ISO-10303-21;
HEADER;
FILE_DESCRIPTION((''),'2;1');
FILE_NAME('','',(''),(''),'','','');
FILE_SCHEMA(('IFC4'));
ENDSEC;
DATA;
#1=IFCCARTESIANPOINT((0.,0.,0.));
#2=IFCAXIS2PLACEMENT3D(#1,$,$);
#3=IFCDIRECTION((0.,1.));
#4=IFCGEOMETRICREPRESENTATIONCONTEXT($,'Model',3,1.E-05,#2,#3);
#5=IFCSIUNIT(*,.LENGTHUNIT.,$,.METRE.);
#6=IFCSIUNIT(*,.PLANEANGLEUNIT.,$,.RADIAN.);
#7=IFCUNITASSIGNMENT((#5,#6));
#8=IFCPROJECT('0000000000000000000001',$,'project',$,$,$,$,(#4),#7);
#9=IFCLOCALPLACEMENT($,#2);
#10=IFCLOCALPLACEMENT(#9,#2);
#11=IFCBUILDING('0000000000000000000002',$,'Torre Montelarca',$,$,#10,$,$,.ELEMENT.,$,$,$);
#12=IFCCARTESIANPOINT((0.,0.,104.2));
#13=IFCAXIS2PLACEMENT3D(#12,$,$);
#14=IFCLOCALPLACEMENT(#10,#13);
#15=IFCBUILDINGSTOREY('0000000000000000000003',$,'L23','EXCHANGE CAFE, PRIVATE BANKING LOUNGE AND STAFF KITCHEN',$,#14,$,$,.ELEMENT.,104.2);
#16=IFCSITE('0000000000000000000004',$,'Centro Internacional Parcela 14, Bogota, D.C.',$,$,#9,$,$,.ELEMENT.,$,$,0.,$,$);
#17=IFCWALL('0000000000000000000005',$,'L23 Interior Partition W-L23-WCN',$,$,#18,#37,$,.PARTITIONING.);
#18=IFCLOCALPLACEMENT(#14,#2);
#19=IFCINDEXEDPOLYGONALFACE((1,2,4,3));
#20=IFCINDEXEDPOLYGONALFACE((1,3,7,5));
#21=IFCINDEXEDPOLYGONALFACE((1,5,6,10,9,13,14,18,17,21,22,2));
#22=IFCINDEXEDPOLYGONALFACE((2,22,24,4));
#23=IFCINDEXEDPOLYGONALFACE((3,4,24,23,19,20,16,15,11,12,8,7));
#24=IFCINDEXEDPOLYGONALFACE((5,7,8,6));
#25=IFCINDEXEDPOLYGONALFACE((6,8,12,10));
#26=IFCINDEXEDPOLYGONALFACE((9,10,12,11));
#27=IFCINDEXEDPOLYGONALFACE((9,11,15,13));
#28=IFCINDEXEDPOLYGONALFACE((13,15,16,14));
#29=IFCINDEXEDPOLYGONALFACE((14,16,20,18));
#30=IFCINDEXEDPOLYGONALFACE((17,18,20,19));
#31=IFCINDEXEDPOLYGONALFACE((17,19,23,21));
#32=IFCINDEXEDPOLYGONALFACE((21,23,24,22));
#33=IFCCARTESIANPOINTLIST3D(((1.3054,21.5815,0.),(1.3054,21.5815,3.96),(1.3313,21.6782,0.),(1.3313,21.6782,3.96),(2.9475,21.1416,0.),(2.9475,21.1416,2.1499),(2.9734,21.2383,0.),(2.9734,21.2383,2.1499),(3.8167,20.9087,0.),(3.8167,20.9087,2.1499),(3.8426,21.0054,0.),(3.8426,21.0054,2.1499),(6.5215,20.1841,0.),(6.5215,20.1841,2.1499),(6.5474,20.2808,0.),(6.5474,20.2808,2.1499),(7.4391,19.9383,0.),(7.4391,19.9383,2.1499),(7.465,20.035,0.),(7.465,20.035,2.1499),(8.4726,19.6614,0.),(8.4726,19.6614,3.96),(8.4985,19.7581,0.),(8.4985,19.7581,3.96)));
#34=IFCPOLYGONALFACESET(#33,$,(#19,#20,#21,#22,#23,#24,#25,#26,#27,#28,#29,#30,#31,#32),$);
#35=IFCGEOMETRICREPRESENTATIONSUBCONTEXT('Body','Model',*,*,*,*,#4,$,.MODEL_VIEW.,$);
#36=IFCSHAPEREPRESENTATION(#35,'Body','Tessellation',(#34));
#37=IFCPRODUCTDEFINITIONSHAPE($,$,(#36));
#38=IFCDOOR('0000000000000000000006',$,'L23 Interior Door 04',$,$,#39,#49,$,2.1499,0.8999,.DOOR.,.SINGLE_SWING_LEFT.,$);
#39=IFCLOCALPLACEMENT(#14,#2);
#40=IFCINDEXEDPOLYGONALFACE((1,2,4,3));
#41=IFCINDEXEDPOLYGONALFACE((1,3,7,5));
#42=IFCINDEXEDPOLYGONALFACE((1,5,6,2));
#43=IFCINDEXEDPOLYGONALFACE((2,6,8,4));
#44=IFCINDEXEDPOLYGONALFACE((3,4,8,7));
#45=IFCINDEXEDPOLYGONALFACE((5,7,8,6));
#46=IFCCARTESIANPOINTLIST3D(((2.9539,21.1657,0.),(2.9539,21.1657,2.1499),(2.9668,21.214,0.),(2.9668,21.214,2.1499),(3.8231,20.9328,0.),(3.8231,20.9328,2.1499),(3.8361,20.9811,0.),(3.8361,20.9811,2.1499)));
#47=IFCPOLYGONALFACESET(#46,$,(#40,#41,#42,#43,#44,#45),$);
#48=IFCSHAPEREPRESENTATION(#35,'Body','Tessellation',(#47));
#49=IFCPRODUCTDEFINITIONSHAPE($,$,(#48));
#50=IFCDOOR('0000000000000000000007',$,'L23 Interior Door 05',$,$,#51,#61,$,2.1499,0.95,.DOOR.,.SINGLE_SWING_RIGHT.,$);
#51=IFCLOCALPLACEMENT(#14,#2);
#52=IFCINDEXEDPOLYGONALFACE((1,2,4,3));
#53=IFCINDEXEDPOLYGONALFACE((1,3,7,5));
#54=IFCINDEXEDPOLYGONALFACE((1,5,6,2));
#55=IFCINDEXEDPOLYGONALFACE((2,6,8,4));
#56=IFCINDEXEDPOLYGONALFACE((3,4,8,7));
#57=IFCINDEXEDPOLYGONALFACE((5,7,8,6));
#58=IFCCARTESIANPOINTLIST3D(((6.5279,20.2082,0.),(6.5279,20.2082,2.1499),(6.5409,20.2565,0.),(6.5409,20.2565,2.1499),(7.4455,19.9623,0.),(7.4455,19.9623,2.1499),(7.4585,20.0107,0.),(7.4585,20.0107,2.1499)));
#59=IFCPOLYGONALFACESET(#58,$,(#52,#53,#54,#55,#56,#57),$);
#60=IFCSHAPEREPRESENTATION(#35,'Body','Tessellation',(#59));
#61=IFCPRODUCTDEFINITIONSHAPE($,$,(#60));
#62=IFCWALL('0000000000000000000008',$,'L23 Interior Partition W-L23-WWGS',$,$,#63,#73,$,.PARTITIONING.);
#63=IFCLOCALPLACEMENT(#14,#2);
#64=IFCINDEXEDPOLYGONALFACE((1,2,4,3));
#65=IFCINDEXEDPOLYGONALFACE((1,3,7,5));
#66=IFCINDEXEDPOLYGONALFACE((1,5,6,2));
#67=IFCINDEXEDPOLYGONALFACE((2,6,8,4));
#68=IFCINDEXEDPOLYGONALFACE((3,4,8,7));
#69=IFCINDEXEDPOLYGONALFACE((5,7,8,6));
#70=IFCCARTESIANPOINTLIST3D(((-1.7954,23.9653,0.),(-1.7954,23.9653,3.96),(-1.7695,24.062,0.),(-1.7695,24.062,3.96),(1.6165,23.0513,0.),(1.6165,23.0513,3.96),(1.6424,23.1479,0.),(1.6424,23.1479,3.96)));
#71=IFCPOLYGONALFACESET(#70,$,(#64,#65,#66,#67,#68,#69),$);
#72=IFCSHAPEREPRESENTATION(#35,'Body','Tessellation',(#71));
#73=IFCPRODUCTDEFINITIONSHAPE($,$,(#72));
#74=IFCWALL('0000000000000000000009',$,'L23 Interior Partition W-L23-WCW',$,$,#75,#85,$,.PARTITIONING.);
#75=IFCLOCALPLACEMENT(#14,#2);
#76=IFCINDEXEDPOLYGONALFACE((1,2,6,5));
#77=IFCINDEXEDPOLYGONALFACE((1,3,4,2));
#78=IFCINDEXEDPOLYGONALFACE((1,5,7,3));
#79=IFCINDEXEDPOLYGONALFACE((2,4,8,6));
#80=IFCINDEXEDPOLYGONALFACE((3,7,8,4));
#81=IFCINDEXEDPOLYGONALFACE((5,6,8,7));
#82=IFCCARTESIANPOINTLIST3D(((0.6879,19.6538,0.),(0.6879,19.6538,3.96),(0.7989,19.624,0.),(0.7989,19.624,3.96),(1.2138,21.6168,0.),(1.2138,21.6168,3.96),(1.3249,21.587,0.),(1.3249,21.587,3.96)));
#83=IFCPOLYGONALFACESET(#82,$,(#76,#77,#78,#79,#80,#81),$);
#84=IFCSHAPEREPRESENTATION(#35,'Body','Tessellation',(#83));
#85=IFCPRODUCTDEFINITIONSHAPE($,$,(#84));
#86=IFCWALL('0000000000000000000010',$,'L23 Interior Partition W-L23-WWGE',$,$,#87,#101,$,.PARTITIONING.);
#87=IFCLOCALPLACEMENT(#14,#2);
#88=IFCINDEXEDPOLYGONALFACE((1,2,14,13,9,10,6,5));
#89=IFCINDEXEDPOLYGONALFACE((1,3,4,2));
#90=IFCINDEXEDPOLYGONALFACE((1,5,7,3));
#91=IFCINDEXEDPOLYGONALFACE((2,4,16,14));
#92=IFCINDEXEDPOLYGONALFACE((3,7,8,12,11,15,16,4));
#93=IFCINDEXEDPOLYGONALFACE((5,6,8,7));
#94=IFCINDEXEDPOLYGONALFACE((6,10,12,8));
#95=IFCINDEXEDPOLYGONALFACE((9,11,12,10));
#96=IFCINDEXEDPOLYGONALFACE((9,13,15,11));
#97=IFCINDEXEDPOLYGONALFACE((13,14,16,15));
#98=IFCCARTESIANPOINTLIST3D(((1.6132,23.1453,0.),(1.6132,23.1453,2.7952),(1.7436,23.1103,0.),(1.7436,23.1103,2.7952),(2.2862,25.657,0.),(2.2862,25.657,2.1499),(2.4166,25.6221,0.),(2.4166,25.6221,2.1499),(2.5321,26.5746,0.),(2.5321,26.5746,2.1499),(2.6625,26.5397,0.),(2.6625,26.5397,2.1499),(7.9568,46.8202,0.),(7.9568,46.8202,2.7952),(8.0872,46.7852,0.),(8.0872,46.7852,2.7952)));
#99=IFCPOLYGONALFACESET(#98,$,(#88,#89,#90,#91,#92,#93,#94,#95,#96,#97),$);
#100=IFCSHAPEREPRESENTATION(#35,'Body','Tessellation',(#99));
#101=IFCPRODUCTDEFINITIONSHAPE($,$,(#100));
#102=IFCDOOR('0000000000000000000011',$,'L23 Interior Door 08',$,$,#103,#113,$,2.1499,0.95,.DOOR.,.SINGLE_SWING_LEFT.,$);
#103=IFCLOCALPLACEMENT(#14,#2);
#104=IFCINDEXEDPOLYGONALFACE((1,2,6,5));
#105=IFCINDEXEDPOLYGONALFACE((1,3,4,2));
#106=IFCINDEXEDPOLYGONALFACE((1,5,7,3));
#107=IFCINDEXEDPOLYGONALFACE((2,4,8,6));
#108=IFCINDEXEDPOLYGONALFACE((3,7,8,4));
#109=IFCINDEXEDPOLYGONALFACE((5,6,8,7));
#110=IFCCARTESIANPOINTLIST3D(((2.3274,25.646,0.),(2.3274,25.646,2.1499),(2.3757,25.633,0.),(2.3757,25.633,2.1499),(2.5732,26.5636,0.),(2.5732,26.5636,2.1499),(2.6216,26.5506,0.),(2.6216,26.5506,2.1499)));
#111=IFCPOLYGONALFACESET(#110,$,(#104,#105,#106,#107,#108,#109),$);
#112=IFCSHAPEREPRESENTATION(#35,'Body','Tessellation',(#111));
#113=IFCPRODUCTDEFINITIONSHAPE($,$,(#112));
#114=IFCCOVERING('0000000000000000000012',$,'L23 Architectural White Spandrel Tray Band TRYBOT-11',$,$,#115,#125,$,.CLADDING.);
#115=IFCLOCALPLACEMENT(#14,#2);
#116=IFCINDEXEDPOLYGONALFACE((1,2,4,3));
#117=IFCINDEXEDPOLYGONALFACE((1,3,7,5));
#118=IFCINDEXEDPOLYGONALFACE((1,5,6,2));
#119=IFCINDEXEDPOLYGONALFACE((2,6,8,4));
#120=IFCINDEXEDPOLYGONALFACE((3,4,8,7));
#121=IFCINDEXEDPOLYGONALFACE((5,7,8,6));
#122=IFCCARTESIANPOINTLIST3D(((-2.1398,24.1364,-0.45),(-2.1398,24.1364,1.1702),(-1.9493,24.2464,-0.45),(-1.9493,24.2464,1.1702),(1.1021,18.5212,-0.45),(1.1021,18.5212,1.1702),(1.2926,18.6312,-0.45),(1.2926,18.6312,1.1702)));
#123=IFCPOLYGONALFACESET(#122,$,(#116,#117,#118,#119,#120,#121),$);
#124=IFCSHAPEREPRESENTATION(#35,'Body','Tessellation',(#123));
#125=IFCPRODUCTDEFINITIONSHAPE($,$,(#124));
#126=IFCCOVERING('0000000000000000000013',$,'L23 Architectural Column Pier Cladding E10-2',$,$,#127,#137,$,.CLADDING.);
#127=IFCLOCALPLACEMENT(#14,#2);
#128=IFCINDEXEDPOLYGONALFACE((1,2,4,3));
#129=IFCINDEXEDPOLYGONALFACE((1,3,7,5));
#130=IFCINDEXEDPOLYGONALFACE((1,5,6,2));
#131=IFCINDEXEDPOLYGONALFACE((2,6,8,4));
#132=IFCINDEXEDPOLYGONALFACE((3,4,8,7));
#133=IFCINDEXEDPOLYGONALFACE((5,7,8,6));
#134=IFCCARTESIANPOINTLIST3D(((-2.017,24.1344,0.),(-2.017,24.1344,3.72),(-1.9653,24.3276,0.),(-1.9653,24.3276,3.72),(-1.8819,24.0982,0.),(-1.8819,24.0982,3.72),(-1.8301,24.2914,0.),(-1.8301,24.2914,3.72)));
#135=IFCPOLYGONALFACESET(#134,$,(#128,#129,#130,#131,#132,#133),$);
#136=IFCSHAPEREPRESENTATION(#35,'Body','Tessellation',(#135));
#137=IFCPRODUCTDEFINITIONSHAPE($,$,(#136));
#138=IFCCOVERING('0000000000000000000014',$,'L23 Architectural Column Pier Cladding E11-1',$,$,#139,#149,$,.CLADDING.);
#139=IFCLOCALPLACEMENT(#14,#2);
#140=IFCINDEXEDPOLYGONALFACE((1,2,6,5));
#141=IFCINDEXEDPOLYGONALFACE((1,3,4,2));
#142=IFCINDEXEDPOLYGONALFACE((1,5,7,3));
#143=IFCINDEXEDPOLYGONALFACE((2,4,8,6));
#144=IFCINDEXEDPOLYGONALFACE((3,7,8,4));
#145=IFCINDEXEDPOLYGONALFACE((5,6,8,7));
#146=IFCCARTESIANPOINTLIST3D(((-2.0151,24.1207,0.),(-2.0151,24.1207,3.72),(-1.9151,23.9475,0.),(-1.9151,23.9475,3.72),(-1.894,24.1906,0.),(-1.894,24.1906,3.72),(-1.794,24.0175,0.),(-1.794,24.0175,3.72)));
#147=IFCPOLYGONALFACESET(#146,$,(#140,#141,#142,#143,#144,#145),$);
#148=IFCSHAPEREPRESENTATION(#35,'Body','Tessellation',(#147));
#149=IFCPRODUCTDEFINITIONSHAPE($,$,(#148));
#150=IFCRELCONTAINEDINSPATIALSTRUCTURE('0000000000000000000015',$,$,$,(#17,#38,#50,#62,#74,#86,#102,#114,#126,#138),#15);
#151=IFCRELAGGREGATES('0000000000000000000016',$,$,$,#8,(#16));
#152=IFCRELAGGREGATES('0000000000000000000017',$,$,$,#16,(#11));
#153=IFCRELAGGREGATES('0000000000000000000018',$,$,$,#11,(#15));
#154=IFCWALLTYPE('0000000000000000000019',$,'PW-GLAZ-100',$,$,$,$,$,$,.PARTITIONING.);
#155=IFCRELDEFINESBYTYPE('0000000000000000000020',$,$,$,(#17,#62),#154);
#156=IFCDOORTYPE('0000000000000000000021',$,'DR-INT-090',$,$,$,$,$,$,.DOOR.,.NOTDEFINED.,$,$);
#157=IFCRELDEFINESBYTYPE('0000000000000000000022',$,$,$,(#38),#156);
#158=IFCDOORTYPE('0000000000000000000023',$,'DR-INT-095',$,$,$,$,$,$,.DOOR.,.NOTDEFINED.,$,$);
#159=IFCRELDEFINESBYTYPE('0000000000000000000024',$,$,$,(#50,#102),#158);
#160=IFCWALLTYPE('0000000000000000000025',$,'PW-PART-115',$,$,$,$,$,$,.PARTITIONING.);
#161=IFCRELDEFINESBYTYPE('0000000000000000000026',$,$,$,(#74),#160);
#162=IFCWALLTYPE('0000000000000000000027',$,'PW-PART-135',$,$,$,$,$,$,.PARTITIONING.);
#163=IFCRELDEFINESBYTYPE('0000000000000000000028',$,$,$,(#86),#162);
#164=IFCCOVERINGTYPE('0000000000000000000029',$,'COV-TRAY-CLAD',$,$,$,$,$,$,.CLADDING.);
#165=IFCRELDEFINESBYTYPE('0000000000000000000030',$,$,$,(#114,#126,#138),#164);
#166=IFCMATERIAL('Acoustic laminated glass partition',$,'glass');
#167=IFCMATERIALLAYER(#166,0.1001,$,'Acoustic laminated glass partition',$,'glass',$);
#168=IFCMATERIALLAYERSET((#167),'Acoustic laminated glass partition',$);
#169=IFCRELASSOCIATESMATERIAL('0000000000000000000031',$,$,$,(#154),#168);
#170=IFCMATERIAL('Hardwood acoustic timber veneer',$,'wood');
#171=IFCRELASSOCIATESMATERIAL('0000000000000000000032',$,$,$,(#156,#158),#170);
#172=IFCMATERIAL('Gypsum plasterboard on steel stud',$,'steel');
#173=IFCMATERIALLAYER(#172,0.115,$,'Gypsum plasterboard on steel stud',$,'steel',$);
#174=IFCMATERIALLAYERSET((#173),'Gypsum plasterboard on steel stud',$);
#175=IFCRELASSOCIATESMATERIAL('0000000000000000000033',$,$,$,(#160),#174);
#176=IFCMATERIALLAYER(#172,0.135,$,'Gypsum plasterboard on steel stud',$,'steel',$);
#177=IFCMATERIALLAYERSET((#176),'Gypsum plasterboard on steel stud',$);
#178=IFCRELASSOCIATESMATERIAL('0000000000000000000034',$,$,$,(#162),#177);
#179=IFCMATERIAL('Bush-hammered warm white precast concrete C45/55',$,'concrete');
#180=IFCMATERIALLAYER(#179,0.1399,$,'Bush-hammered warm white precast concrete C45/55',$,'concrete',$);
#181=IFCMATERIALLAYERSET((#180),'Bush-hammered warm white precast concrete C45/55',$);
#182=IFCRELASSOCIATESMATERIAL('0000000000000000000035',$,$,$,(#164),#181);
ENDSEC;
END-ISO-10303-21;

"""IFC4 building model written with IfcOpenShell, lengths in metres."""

from ifc_helpers import new_model, si_unit, direction, frame, frame_2d, origin, origin_2d, place, context, subcontext, project, spatial, rectangle, extrude, source, transform, mapped, material, layer, layer_set, type_object, element, fill, save


model = new_model("IFC4")

# Units and contexts
model_context = context("Model", 3, precision=1e-05, world=origin(), true_north=direction((0.0, 1.0)))
body_context = subcontext(model_context, "Body", "Model", "MODEL_VIEW")
ifc_project = project(units=[si_unit("LENGTHUNIT", "METRE"), si_unit("PLANEANGLEUNIT", "RADIAN")], contexts=[model_context])

# Site, building, storey
site_placement = place(None, origin())
site = spatial("IfcSite", under=ifc_project, at=site_placement, Name="Centro Internacional Parcela 14, Bogota, D.C.", CompositionType="ELEMENT", RefElevation=0.0)
building_placement = place(site_placement, origin())
building = spatial("IfcBuilding", under=site, at=building_placement, Name="Torre Montelarca", CompositionType="ELEMENT")
storey_placement = place(building_placement, frame((0.0, 0.0, 104.2)))
storey = spatial("IfcBuildingStorey", under=building, at=storey_placement, Name="L23", Description="EXCHANGE CAFE, PRIVATE BANKING LOUNGE AND STAFF KITCHEN", CompositionType="ELEMENT", Elevation=104.2)

# Shared definitions
ifc_material_1 = material(Name="Gypsum plasterboard on steel stud", Category="steel")

# Wall, openings, doors
ifc_material_2 = material(Name="Acoustic laminated glass partition", Category="glass")
ifc_layer_1 = layer(ifc_material_2, 0.1001, Name="Acoustic laminated glass partition", Category="glass")
ifc_layer_set_1 = layer_set([ifc_layer_1], Name="Acoustic laminated glass partition")
wall_type_1 = type_object("IfcWallType", Name="PW-GLAZ-100", PredefinedType="PARTITIONING", material=ifc_layer_set_1)
wall_1_placement = place(storey_placement, frame((1.3184, 21.6299, 0.0), z_axis=(0.0, 0.0, 1.0), x_axis=(0.965936, -0.258783, 0.0)))
wall_1 = element("IfcWall", 1, at=wall_1_placement, inside=storey, type_object=wall_type_1, Name="L23 Interior Partition W-L23-WCN", PredefinedType="PARTITIONING", context=body_context, shape_type="SweptSolid", body=[
    extrude(rectangle(XDim=7.4199, YDim=0.1001, at=frame_2d((3.71, 0.0))), origin(), (0.0, 0.0, 1.0), 3.96),
])
opening_1_placement = place(wall_1_placement, frame((1.7, 0.0, 0.0)))
opening_1 = element("IfcOpeningElement", 2, at=opening_1_placement, cuts=wall_1, PredefinedType="OPENING", context=body_context, shape_type="SweptSolid", body=[
    extrude(rectangle(XDim=0.8999, YDim=2.1499, at=frame_2d((0.45, 1.075))), frame((0.0, 0.0601, 0.0), z_axis=(0.0, -1.0, 0.0), x_axis=(1.0, 0.0, 0.0)), (0.0, 0.0, 1.0), 0.1201),
])
opening_2_placement = place(wall_1_placement, frame((5.3999, 0.0, 0.0)))
opening_2 = element("IfcOpeningElement", 3, at=opening_2_placement, cuts=wall_1, PredefinedType="OPENING", context=body_context, shape_type="SweptSolid", body=[
    extrude(rectangle(XDim=0.95, YDim=2.1499, at=frame_2d((0.4751, 1.075))), frame((0.0, 0.0601, 0.0), z_axis=(0.0, -1.0, 0.0), x_axis=(1.0, 0.0, 0.0)), (0.0, 0.0, 1.0), 0.1201),
])
ifc_material_3 = material(Name="Hardwood acoustic timber veneer", Category="wood")
door_type_1 = type_object("IfcDoorType", Name="DR-INT-090", OperationType="NOTDEFINED", PredefinedType="DOOR", material=ifc_material_3)
shared_shape_1 = source(origin(), body_context, "Body", "SweptSolid", [
    extrude(rectangle(XDim=0.8999, YDim=2.1499, at=frame_2d((0.45, 1.075))), frame((0.0, 0.0249, 0.0), z_axis=(0.0, -1.0, 0.0), x_axis=(1.0, 0.0, 0.0)), (0.0, 0.0, 1.0), 0.05),
])
door_1_placement = place(opening_1_placement, origin())
door_1 = element("IfcDoor", 4, at=door_1_placement, inside=storey, type_object=door_type_1, Name="L23 Interior Door 04", OperationType="SINGLE_SWING_LEFT", OverallHeight=2.1499, OverallWidth=0.8999, PredefinedType="DOOR", context=body_context, shape_type="MappedRepresentation", body=[
    mapped(shared_shape_1, transform((0.0, 0.0, 0.0), scale=1.0)),
])
fill(opening_1, door_1)
door_type_2 = type_object("IfcDoorType", Name="DR-INT-095", OperationType="NOTDEFINED", PredefinedType="DOOR", material=ifc_material_3)
shared_shape_2 = source(origin(), body_context, "Body", "SweptSolid", [
    extrude(rectangle(XDim=0.95, YDim=2.1499, at=frame_2d((0.4751, 1.075))), frame((0.0, 0.0249, 0.0), z_axis=(0.0, -1.0, 0.0), x_axis=(1.0, 0.0, 0.0)), (0.0, 0.0, 1.0), 0.05),
])
door_2_placement = place(opening_2_placement, origin())
door_2 = element("IfcDoor", 5, at=door_2_placement, inside=storey, type_object=door_type_2, Name="L23 Interior Door 05", OperationType="SINGLE_SWING_RIGHT", OverallHeight=2.1499, OverallWidth=0.95, PredefinedType="DOOR", context=body_context, shape_type="MappedRepresentation", body=[
    mapped(shared_shape_2, transform((0.0, 0.0, 0.0), scale=1.0)),
])
fill(opening_2, door_2)

# Walls
wall_2_placement = place(storey_placement, frame((-1.7825, 24.0137, 0.0), z_axis=(0.0, 0.0, 1.0), x_axis=(0.965936, -0.258781, 0.0)))
element("IfcWall", 6, at=wall_2_placement, inside=storey, type_object=wall_type_1, Name="L23 Interior Partition W-L23-WWGS", PredefinedType="PARTITIONING", context=body_context, shape_type="SweptSolid", body=[
    extrude(rectangle(XDim=3.5322, YDim=0.1001, at=frame_2d((1.7661, 0.0))), origin(), (0.0, 0.0, 1.0), 3.96),
])
ifc_layer_2 = layer(ifc_material_1, 0.115, Name="Gypsum plasterboard on steel stud", Category="steel")
ifc_layer_set_2 = layer_set([ifc_layer_2], Name="Gypsum plasterboard on steel stud")
wall_type_2 = type_object("IfcWallType", Name="PW-PART-115", PredefinedType="PARTITIONING", material=ifc_layer_set_2)
wall_3_placement = place(storey_placement, frame((0.7434, 19.6389, 0.0), z_axis=(0.0, 0.0, 1.0), x_axis=(0.258784, 0.965935, 0.0)))
element("IfcWall", 7, at=wall_3_placement, inside=storey, type_object=wall_type_2, Name="L23 Interior Partition W-L23-WCW", PredefinedType="PARTITIONING", context=body_context, shape_type="SweptSolid", body=[
    extrude(rectangle(XDim=2.0322, YDim=0.115, at=frame_2d((1.0161, 0.0))), origin(), (0.0, 0.0, 1.0), 3.96),
])

# Wall, opening, door
ifc_layer_3 = layer(ifc_material_1, 0.135, Name="Gypsum plasterboard on steel stud", Category="steel")
ifc_layer_set_3 = layer_set([ifc_layer_3], Name="Gypsum plasterboard on steel stud")
wall_type_3 = type_object("IfcWallType", Name="PW-PART-135", PredefinedType="PARTITIONING", material=ifc_layer_set_3)
wall_4_placement = place(storey_placement, frame((1.6785, 23.1279, 0.0), z_axis=(0.0, 0.0, 1.0), x_axis=(0.258814, 0.965927, 0.0)))
wall_4 = element("IfcWall", 8, at=wall_4_placement, inside=storey, type_object=wall_type_3, Name="L23 Interior Partition W-L23-WWGE", PredefinedType="PARTITIONING", context=body_context, shape_type="SweptSolid", body=[
    extrude(rectangle(XDim=24.51, YDim=0.135, at=frame_2d((12.2549, 0.0))), origin(), (0.0, 0.0, 1.0), 2.7952),
])
opening_3_placement = place(wall_4_placement, frame((2.6001, 0.0, 0.0)))
opening_3 = element("IfcOpeningElement", 9, at=opening_3_placement, cuts=wall_4, PredefinedType="OPENING", context=body_context, shape_type="SweptSolid", body=[
    extrude(rectangle(XDim=0.95, YDim=2.1499, at=frame_2d((0.4751, 1.075))), frame((0.0, 0.0776, 0.0), z_axis=(0.0, -1.0, 0.0), x_axis=(1.0, 0.0, 0.0)), (0.0, 0.0, 1.0), 0.155),
])
door_3_placement = place(opening_3_placement, origin())
door_3 = element("IfcDoor", 10, at=door_3_placement, inside=storey, type_object=door_type_2, Name="L23 Interior Door 08", OperationType="SINGLE_SWING_LEFT", OverallHeight=2.1499, OverallWidth=0.95, PredefinedType="DOOR", context=body_context, shape_type="MappedRepresentation", body=[
    mapped(shared_shape_2, transform((0.0, 0.0, 0.0), scale=1.0)),
])
fill(opening_3, door_3)

# Coverings
ifc_material_4 = material(Name="Bush-hammered warm white precast concrete C45/55", Category="concrete")
ifc_layer_4 = layer(ifc_material_4, 0.1399, Name="Bush-hammered warm white precast concrete C45/55", Category="concrete")
ifc_layer_set_4 = layer_set([ifc_layer_4], Name="Bush-hammered warm white precast concrete C45/55")
covering_type = type_object("IfcCoveringType", Name="COV-TRAY-CLAD", PredefinedType="CLADDING", material=ifc_layer_set_4)
shared_shape_3 = source(origin(), body_context, "Body", "SweptSolid", [
    extrude(rectangle(XDim=6.4839, YDim=0.22, at=origin_2d()), origin(), (0.0, 0.0, 1.0), 1.6201),
])
covering_placement = place(storey_placement, frame((-0.4236, 21.3838, -0.45), z_axis=(0.0, 0.0, 1.0), x_axis=(0.499998, -0.866026, 0.0)))
element("IfcCovering", 11, at=covering_placement, inside=storey, type_object=covering_type, Name="L23 Architectural White Spandrel Tray Band TRYBOT-11", PredefinedType="CLADDING", context=body_context, shape_type="MappedRepresentation", body=[
    mapped(shared_shape_3, transform((0.0, 0.0, 0.0), scale=1.0)),
])
shared_shape_4 = source(origin(), body_context, "Body", "SweptSolid", [
    extrude(rectangle(XDim=0.2, YDim=0.1399, at=origin_2d()), origin(), (0.0, 0.0, 1.0), 3.72),
])
for number, where, z_axis, x_axis, name in (
    (12, (-1.9236, 24.2129, 0.0), (0.0, 0.0, 1.0), (-0.258819, -0.965926, 0.0), "L23 Architectural Column Pier Cladding E10-2"),
    (13, (-1.9045, 24.0691, 0.0), (0.0, 0.0, 1.0), (0.500002, -0.866025, 0.0), "L23 Architectural Column Pier Cladding E11-1"),
):
    element("IfcCovering", number, at=place(storey_placement, frame(where, z_axis=z_axis, x_axis=x_axis)), inside=storey, type_object=covering_type, Name=name, PredefinedType="CLADDING", context=body_context, shape_type="MappedRepresentation", body=[
        mapped(shared_shape_4, transform((0.0, 0.0, 0.0), scale=1.0)),
    ])

save(model, "model.ifc")
